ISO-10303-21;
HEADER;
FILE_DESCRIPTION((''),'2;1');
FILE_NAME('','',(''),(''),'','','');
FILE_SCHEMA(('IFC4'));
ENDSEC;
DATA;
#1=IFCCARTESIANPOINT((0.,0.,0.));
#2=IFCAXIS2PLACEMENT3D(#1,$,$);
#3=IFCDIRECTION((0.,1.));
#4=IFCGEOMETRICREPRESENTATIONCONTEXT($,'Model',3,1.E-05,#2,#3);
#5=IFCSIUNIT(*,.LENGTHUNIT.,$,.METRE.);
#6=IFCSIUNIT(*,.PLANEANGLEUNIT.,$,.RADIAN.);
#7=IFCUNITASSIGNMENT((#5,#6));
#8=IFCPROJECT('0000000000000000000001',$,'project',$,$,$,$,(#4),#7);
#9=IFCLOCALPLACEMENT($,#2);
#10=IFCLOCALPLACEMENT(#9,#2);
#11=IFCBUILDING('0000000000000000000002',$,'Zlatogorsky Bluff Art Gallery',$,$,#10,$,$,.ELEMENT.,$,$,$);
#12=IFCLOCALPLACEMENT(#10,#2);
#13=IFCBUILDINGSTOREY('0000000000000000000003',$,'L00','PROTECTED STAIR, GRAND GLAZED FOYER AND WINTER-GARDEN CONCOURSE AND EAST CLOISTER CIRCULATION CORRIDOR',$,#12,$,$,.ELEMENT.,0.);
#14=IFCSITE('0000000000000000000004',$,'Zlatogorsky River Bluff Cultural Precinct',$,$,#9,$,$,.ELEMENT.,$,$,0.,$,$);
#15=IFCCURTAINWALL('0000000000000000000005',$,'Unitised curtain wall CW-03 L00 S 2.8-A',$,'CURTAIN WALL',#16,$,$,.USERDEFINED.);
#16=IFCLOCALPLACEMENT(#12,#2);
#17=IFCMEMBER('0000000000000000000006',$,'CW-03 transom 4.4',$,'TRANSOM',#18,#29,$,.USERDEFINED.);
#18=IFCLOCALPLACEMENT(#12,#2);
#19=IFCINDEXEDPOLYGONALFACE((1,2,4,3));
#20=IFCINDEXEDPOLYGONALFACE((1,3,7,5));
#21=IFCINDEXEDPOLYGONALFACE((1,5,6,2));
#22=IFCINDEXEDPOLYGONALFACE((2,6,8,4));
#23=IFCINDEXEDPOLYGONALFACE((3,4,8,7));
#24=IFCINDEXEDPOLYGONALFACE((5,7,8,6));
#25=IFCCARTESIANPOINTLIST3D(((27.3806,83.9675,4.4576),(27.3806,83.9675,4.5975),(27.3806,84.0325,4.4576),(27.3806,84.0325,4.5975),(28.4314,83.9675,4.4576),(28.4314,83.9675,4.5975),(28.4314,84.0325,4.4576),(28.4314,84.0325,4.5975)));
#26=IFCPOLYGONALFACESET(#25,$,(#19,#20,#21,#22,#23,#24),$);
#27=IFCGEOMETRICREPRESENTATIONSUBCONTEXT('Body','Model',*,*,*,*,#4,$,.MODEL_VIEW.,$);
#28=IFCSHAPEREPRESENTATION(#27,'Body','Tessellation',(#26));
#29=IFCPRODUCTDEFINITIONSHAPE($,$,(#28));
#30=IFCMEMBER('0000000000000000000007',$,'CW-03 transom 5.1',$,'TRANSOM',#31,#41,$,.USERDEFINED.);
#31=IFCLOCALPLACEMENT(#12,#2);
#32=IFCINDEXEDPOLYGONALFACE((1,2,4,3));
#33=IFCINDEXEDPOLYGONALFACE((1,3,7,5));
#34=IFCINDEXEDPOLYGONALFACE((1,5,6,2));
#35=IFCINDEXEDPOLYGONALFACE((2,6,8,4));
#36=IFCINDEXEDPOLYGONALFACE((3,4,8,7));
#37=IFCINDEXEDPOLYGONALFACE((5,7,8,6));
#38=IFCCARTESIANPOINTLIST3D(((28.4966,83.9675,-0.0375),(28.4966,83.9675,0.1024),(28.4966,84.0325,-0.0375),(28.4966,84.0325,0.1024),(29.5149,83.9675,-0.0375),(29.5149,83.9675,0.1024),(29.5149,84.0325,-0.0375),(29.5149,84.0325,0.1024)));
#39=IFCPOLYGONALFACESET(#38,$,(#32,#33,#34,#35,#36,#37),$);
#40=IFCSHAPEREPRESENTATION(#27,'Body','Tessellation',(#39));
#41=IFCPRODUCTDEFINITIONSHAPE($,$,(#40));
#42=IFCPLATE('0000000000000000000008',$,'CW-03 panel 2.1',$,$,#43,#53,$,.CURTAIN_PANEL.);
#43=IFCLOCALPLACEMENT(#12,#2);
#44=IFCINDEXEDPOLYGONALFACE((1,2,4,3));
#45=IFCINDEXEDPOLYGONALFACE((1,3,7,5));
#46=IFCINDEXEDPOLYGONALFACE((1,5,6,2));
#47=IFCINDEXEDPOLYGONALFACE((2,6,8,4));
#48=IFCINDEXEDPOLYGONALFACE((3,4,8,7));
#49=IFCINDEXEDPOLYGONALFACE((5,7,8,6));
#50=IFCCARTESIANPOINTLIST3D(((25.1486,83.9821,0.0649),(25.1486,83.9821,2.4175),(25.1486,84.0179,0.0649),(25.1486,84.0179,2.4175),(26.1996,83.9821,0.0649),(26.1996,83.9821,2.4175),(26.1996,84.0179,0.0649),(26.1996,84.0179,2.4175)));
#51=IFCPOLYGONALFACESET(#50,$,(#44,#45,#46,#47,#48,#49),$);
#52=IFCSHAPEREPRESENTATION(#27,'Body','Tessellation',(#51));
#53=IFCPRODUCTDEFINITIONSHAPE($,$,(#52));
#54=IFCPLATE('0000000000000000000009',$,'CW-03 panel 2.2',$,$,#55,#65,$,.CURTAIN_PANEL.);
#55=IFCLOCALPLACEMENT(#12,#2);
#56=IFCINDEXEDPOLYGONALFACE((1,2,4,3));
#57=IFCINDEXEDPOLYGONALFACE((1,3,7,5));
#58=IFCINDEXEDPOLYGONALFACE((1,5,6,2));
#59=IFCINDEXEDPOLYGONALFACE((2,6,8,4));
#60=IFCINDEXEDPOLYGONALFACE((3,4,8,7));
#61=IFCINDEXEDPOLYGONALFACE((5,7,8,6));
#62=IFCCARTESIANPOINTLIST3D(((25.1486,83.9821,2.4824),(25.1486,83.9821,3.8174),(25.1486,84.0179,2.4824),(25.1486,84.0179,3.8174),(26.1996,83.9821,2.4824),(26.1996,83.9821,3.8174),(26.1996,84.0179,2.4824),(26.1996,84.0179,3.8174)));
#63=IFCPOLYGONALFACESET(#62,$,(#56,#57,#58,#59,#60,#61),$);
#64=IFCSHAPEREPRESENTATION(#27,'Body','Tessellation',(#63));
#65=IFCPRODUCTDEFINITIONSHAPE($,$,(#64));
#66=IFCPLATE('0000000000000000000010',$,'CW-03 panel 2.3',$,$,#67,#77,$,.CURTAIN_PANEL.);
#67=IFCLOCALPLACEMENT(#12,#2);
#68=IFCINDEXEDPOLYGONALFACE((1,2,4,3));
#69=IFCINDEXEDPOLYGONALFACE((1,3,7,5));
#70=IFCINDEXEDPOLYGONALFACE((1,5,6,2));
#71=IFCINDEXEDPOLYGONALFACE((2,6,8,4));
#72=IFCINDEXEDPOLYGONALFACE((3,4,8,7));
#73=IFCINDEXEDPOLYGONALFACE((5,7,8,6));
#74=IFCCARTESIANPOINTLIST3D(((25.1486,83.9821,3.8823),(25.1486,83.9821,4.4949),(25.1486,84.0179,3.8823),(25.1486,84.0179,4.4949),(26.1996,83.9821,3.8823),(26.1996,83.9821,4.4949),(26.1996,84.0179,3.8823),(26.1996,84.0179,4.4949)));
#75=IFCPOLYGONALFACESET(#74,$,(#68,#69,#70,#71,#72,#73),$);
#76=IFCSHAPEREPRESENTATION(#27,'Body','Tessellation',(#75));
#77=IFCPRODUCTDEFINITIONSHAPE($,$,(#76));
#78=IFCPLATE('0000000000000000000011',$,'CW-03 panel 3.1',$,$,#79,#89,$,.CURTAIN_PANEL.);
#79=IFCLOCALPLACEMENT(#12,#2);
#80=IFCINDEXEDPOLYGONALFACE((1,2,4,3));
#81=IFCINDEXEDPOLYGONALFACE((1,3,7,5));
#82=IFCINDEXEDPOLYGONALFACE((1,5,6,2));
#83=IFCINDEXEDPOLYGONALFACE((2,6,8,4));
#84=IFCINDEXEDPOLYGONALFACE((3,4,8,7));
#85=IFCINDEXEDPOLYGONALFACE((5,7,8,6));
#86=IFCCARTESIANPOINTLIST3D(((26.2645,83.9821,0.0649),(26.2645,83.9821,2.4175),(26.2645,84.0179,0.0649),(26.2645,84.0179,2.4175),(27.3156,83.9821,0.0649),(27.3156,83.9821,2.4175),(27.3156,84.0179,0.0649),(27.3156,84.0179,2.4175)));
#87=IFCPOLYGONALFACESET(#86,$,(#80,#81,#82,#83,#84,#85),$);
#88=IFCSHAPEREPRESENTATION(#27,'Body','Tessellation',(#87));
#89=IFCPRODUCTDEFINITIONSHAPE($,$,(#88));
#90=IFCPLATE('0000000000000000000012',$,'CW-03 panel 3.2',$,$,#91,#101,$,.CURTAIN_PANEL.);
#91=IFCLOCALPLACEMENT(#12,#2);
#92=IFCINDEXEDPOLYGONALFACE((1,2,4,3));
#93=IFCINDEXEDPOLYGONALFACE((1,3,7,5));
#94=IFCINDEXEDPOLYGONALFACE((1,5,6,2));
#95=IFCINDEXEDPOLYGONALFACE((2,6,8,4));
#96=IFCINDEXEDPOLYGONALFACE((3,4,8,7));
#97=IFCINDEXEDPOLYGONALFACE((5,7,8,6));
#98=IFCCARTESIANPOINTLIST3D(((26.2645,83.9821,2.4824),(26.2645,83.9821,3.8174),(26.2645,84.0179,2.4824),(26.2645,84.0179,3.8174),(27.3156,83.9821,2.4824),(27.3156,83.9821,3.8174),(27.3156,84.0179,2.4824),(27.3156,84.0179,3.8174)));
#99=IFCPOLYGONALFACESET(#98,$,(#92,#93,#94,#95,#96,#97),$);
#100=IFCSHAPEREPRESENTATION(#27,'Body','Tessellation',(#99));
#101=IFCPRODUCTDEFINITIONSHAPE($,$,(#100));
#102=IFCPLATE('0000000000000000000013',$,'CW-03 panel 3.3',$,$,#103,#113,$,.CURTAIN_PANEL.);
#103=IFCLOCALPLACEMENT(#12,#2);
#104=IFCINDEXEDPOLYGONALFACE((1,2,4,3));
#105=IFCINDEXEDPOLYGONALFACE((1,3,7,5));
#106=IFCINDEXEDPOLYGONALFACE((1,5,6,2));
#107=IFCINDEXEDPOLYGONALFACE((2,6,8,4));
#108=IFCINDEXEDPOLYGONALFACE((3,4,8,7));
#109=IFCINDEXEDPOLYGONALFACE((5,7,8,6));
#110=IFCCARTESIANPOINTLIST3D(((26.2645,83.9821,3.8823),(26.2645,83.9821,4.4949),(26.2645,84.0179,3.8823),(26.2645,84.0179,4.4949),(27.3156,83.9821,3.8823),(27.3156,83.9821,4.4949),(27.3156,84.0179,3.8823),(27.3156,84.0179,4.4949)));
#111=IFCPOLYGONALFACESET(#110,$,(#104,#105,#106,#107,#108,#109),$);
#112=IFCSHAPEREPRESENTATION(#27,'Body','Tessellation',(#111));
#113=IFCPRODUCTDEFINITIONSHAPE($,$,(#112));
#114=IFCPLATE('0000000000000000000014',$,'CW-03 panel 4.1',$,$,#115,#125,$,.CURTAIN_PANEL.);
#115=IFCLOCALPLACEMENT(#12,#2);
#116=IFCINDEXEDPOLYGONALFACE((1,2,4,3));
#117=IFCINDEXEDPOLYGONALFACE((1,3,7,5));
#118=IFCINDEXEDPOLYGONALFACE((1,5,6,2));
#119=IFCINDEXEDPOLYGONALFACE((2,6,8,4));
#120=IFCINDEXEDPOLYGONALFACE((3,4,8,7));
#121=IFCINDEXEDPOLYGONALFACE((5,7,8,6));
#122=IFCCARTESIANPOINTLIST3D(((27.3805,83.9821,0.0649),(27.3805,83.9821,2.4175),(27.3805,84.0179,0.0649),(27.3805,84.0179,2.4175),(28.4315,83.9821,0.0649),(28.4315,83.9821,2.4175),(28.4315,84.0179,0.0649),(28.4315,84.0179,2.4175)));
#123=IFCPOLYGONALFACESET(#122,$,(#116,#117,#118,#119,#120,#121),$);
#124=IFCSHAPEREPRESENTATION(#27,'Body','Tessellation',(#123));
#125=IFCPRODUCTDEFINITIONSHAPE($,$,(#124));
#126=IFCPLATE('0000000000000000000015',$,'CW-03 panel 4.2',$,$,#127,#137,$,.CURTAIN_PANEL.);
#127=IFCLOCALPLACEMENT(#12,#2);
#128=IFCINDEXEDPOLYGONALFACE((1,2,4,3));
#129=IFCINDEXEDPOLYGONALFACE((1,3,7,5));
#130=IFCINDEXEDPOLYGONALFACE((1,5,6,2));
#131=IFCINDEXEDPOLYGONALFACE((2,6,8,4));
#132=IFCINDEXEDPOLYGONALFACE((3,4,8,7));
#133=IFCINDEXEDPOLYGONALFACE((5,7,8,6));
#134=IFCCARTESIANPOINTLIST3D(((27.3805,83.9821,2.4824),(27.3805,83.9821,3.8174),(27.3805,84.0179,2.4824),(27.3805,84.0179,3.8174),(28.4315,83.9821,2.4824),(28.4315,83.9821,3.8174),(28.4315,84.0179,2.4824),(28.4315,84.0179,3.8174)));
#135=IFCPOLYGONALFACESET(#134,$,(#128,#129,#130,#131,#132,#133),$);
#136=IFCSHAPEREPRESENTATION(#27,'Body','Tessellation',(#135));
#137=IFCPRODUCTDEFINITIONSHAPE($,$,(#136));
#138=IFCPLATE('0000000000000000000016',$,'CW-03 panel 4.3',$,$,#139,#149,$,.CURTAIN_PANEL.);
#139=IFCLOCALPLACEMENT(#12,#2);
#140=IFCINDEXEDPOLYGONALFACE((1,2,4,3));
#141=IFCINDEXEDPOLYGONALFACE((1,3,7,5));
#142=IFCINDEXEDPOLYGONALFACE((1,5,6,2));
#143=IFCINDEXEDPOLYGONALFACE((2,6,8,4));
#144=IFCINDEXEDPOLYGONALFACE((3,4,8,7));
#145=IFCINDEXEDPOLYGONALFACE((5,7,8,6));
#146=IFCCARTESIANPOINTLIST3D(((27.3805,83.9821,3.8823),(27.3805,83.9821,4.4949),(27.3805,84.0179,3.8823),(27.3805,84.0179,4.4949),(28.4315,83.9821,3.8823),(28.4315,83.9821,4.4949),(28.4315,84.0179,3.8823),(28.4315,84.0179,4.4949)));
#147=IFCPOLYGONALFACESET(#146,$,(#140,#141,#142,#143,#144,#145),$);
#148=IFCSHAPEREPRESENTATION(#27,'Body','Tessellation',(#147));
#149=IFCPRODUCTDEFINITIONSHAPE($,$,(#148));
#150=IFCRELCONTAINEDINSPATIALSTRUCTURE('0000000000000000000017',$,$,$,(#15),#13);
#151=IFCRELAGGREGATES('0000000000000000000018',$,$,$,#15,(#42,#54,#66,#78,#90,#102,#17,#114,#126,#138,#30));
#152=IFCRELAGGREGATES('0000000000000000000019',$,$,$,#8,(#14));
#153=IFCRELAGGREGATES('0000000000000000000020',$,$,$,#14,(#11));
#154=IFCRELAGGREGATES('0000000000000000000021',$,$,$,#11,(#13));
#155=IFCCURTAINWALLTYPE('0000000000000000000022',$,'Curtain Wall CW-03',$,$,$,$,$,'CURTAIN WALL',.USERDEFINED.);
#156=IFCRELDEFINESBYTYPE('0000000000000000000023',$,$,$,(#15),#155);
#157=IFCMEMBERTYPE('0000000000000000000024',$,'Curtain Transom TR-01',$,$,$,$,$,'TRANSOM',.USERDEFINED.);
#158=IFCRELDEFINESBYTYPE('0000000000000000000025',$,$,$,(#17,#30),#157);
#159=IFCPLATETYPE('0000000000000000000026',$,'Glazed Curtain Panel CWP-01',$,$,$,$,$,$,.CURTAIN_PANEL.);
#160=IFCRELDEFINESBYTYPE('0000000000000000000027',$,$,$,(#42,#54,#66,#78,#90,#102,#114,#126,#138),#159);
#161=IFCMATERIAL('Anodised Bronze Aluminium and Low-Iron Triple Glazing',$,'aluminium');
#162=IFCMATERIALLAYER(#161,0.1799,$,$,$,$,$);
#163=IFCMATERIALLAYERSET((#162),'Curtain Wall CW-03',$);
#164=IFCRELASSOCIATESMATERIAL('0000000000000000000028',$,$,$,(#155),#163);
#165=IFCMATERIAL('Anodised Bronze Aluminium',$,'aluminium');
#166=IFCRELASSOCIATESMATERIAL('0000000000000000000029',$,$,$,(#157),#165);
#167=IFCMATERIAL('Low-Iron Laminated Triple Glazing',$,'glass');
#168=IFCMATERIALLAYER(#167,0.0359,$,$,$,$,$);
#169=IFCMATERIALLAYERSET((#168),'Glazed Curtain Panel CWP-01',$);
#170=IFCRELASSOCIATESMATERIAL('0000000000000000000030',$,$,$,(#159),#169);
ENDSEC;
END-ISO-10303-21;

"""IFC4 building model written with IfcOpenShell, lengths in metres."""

from ifc_helpers import new_model, si_unit, direction, frame, origin, origin_2d, place, context, subcontext, project, spatial, rectangle, extrude, material, layer, layer_set, material_profile, profile_set, type_object, element, aggregate, save


model = new_model("IFC4")

# Units and contexts
model_context = context("Model", 3, precision=1e-05, world=origin(), true_north=direction((0.0, 1.0)))
body_context = subcontext(model_context, "Body", "Model", "MODEL_VIEW")
ifc_project = project(units=[si_unit("LENGTHUNIT", "METRE"), si_unit("PLANEANGLEUNIT", "RADIAN")], contexts=[model_context])

# Site, building, storey
site_placement = place(None, origin())
site = spatial("IfcSite", under=ifc_project, at=site_placement, Name="Zlatogorsky River Bluff Cultural Precinct", CompositionType="ELEMENT", RefElevation=0.0)
building_placement = place(site_placement, origin())
building = spatial("IfcBuilding", under=site, at=building_placement, Name="Zlatogorsky Bluff Art Gallery", CompositionType="ELEMENT")
storey_placement = place(building_placement, origin())
storey = spatial("IfcBuildingStorey", under=building, at=storey_placement, Name="L00", Description="PROTECTED STAIR, GRAND GLAZED FOYER AND WINTER-GARDEN CONCOURSE AND EAST CLOISTER CIRCULATION CORRIDOR", CompositionType="ELEMENT", Elevation=0.0)

# Curtain wall, members, plates
ifc_material_1 = material(Name="Anodised Bronze Aluminium and Low-Iron Triple Glazing", Category="aluminium")
ifc_layer_1 = layer(ifc_material_1, 0.1799)
ifc_layer_set_1 = layer_set([ifc_layer_1], Name="Curtain Wall CW-03")
curtain_wall_type = type_object("IfcCurtainWallType", Name="Curtain Wall CW-03", ElementType="CURTAIN WALL", PredefinedType="USERDEFINED", material=ifc_layer_set_1)
curtain_wall_placement = place(storey_placement, origin())
curtain_wall = element("IfcCurtainWall", 1, at=curtain_wall_placement, inside=storey, type_object=curtain_wall_type, Name="Unitised curtain wall CW-03 L00 S 2.8-A", ObjectType="CURTAIN WALL", PredefinedType="USERDEFINED")
ifc_material_2 = material(Name="Anodised Bronze Aluminium", Category="aluminium")
ifc_material_profile_1 = material_profile(ifc_material_2, rectangle(XDim=0.0649, YDim=0.1399, at=origin_2d()), Name="ALU TRANSOM 65x140")
ifc_profile_set_1 = profile_set([ifc_material_profile_1], Name="Anodised Bronze Aluminium")
member_type_1 = type_object("IfcMemberType", Name="Curtain Transom TR-01", ElementType="TRANSOM", PredefinedType="USERDEFINED", material=ifc_profile_set_1)
member_1_placement = place(storey_placement, frame((27.3806, 84.0, 4.5276), z_axis=(1.0, 0.0, 0.0), x_axis=(0.0, 1.0, 0.0)))
member_1 = element("IfcMember", 2, at=member_1_placement, type_object=member_type_1, Name="CW-03 transom 4.4", ObjectType="TRANSOM", PredefinedType="USERDEFINED", context=body_context, shape_type="SweptSolid", body=[
    extrude(rectangle(XDim=0.0649, YDim=0.1399, at=origin_2d()), origin(), (0.0, 0.0, 1.0), 1.0508),
])
member_2_placement = place(storey_placement, frame((28.4966, 84.0, 0.0325), z_axis=(1.0, 0.0, 0.0), x_axis=(0.0, 1.0, 0.0)))
member_2 = element("IfcMember", 3, at=member_2_placement, type_object=member_type_1, Name="CW-03 transom 5.1", ObjectType="TRANSOM", PredefinedType="USERDEFINED", context=body_context, shape_type="SweptSolid", body=[
    extrude(rectangle(XDim=0.0649, YDim=0.1399, at=origin_2d()), origin(), (0.0, 0.0, 1.0), 1.0183),
])
ifc_material_3 = material(Name="Low-Iron Laminated Triple Glazing", Category="glass")
ifc_layer_2 = layer(ifc_material_3, 0.0359)
ifc_layer_set_2 = layer_set([ifc_layer_2], Name="Glazed Curtain Panel CWP-01")
plate_type = type_object("IfcPlateType", Name="Glazed Curtain Panel CWP-01", PredefinedType="CURTAIN_PANEL", material=ifc_layer_set_2)
plate_1_placement = place(storey_placement, frame((25.6741, 84.0, 0.0649), z_axis=(0.0, 0.0, 1.0), x_axis=(1.0, 0.0, 0.0)))
plate_1 = element("IfcPlate", 4, at=plate_1_placement, type_object=plate_type, Name="CW-03 panel 2.1", PredefinedType="CURTAIN_PANEL", context=body_context, shape_type="SweptSolid", body=[
    extrude(rectangle(XDim=1.051, YDim=0.0359, at=origin_2d()), origin(), (0.0, 0.0, 1.0), 2.3525),
])
plate_2_placement = place(storey_placement, frame((25.6741, 84.0, 2.4824), z_axis=(0.0, 0.0, 1.0), x_axis=(1.0, 0.0, 0.0)))
plate_2 = element("IfcPlate", 5, at=plate_2_placement, type_object=plate_type, Name="CW-03 panel 2.2", PredefinedType="CURTAIN_PANEL", context=body_context, shape_type="SweptSolid", body=[
    extrude(rectangle(XDim=1.051, YDim=0.0359, at=origin_2d()), origin(), (0.0, 0.0, 1.0), 1.335),
])
plate_3_placement = place(storey_placement, frame((25.6741, 84.0, 3.8823), z_axis=(0.0, 0.0, 1.0), x_axis=(1.0, 0.0, 0.0)))
plate_3 = element("IfcPlate", 6, at=plate_3_placement, type_object=plate_type, Name="CW-03 panel 2.3", PredefinedType="CURTAIN_PANEL", context=body_context, shape_type="SweptSolid", body=[
    extrude(rectangle(XDim=1.051, YDim=0.0359, at=origin_2d()), origin(), (0.0, 0.0, 1.0), 0.6125),
])
plate_4_placement = place(storey_placement, frame((26.79, 84.0, 0.0649), z_axis=(0.0, 0.0, 1.0), x_axis=(1.0, 0.0, 0.0)))
plate_4 = element("IfcPlate", 7, at=plate_4_placement, type_object=plate_type, Name="CW-03 panel 3.1", PredefinedType="CURTAIN_PANEL", context=body_context, shape_type="SweptSolid", body=[
    extrude(rectangle(XDim=1.051, YDim=0.0359, at=origin_2d()), origin(), (0.0, 0.0, 1.0), 2.3525),
])
plate_5_placement = place(storey_placement, frame((26.79, 84.0, 2.4824), z_axis=(0.0, 0.0, 1.0), x_axis=(1.0, 0.0, 0.0)))
plate_5 = element("IfcPlate", 8, at=plate_5_placement, type_object=plate_type, Name="CW-03 panel 3.2", PredefinedType="CURTAIN_PANEL", context=body_context, shape_type="SweptSolid", body=[
    extrude(rectangle(XDim=1.051, YDim=0.0359, at=origin_2d()), origin(), (0.0, 0.0, 1.0), 1.335),
])
plate_6_placement = place(storey_placement, frame((26.79, 84.0, 3.8823), z_axis=(0.0, 0.0, 1.0), x_axis=(1.0, 0.0, 0.0)))
plate_6 = element("IfcPlate", 9, at=plate_6_placement, type_object=plate_type, Name="CW-03 panel 3.3", PredefinedType="CURTAIN_PANEL", context=body_context, shape_type="SweptSolid", body=[
    extrude(rectangle(XDim=1.051, YDim=0.0359, at=origin_2d()), origin(), (0.0, 0.0, 1.0), 0.6125),
])
plate_7_placement = place(storey_placement, frame((27.906, 84.0, 0.0649), z_axis=(0.0, 0.0, 1.0), x_axis=(1.0, 0.0, 0.0)))
plate_7 = element("IfcPlate", 10, at=plate_7_placement, type_object=plate_type, Name="CW-03 panel 4.1", PredefinedType="CURTAIN_PANEL", context=body_context, shape_type="SweptSolid", body=[
    extrude(rectangle(XDim=1.051, YDim=0.0359, at=origin_2d()), origin(), (0.0, 0.0, 1.0), 2.3525),
])
plate_8_placement = place(storey_placement, frame((27.906, 84.0, 2.4824), z_axis=(0.0, 0.0, 1.0), x_axis=(1.0, 0.0, 0.0)))
plate_8 = element("IfcPlate", 11, at=plate_8_placement, type_object=plate_type, Name="CW-03 panel 4.2", PredefinedType="CURTAIN_PANEL", context=body_context, shape_type="SweptSolid", body=[
    extrude(rectangle(XDim=1.051, YDim=0.0359, at=origin_2d()), origin(), (0.0, 0.0, 1.0), 1.335),
])
plate_9_placement = place(storey_placement, frame((27.906, 84.0, 3.8823), z_axis=(0.0, 0.0, 1.0), x_axis=(1.0, 0.0, 0.0)))
plate_9 = element("IfcPlate", 12, at=plate_9_placement, type_object=plate_type, Name="CW-03 panel 4.3", PredefinedType="CURTAIN_PANEL", context=body_context, shape_type="SweptSolid", body=[
    extrude(rectangle(XDim=1.051, YDim=0.0359, at=origin_2d()), origin(), (0.0, 0.0, 1.0), 0.6125),
])
aggregate(curtain_wall, [plate_1, plate_2, plate_3, plate_4, plate_5, plate_6, member_1, plate_7, plate_8, plate_9, member_2])

save(model, "model.ifc")
